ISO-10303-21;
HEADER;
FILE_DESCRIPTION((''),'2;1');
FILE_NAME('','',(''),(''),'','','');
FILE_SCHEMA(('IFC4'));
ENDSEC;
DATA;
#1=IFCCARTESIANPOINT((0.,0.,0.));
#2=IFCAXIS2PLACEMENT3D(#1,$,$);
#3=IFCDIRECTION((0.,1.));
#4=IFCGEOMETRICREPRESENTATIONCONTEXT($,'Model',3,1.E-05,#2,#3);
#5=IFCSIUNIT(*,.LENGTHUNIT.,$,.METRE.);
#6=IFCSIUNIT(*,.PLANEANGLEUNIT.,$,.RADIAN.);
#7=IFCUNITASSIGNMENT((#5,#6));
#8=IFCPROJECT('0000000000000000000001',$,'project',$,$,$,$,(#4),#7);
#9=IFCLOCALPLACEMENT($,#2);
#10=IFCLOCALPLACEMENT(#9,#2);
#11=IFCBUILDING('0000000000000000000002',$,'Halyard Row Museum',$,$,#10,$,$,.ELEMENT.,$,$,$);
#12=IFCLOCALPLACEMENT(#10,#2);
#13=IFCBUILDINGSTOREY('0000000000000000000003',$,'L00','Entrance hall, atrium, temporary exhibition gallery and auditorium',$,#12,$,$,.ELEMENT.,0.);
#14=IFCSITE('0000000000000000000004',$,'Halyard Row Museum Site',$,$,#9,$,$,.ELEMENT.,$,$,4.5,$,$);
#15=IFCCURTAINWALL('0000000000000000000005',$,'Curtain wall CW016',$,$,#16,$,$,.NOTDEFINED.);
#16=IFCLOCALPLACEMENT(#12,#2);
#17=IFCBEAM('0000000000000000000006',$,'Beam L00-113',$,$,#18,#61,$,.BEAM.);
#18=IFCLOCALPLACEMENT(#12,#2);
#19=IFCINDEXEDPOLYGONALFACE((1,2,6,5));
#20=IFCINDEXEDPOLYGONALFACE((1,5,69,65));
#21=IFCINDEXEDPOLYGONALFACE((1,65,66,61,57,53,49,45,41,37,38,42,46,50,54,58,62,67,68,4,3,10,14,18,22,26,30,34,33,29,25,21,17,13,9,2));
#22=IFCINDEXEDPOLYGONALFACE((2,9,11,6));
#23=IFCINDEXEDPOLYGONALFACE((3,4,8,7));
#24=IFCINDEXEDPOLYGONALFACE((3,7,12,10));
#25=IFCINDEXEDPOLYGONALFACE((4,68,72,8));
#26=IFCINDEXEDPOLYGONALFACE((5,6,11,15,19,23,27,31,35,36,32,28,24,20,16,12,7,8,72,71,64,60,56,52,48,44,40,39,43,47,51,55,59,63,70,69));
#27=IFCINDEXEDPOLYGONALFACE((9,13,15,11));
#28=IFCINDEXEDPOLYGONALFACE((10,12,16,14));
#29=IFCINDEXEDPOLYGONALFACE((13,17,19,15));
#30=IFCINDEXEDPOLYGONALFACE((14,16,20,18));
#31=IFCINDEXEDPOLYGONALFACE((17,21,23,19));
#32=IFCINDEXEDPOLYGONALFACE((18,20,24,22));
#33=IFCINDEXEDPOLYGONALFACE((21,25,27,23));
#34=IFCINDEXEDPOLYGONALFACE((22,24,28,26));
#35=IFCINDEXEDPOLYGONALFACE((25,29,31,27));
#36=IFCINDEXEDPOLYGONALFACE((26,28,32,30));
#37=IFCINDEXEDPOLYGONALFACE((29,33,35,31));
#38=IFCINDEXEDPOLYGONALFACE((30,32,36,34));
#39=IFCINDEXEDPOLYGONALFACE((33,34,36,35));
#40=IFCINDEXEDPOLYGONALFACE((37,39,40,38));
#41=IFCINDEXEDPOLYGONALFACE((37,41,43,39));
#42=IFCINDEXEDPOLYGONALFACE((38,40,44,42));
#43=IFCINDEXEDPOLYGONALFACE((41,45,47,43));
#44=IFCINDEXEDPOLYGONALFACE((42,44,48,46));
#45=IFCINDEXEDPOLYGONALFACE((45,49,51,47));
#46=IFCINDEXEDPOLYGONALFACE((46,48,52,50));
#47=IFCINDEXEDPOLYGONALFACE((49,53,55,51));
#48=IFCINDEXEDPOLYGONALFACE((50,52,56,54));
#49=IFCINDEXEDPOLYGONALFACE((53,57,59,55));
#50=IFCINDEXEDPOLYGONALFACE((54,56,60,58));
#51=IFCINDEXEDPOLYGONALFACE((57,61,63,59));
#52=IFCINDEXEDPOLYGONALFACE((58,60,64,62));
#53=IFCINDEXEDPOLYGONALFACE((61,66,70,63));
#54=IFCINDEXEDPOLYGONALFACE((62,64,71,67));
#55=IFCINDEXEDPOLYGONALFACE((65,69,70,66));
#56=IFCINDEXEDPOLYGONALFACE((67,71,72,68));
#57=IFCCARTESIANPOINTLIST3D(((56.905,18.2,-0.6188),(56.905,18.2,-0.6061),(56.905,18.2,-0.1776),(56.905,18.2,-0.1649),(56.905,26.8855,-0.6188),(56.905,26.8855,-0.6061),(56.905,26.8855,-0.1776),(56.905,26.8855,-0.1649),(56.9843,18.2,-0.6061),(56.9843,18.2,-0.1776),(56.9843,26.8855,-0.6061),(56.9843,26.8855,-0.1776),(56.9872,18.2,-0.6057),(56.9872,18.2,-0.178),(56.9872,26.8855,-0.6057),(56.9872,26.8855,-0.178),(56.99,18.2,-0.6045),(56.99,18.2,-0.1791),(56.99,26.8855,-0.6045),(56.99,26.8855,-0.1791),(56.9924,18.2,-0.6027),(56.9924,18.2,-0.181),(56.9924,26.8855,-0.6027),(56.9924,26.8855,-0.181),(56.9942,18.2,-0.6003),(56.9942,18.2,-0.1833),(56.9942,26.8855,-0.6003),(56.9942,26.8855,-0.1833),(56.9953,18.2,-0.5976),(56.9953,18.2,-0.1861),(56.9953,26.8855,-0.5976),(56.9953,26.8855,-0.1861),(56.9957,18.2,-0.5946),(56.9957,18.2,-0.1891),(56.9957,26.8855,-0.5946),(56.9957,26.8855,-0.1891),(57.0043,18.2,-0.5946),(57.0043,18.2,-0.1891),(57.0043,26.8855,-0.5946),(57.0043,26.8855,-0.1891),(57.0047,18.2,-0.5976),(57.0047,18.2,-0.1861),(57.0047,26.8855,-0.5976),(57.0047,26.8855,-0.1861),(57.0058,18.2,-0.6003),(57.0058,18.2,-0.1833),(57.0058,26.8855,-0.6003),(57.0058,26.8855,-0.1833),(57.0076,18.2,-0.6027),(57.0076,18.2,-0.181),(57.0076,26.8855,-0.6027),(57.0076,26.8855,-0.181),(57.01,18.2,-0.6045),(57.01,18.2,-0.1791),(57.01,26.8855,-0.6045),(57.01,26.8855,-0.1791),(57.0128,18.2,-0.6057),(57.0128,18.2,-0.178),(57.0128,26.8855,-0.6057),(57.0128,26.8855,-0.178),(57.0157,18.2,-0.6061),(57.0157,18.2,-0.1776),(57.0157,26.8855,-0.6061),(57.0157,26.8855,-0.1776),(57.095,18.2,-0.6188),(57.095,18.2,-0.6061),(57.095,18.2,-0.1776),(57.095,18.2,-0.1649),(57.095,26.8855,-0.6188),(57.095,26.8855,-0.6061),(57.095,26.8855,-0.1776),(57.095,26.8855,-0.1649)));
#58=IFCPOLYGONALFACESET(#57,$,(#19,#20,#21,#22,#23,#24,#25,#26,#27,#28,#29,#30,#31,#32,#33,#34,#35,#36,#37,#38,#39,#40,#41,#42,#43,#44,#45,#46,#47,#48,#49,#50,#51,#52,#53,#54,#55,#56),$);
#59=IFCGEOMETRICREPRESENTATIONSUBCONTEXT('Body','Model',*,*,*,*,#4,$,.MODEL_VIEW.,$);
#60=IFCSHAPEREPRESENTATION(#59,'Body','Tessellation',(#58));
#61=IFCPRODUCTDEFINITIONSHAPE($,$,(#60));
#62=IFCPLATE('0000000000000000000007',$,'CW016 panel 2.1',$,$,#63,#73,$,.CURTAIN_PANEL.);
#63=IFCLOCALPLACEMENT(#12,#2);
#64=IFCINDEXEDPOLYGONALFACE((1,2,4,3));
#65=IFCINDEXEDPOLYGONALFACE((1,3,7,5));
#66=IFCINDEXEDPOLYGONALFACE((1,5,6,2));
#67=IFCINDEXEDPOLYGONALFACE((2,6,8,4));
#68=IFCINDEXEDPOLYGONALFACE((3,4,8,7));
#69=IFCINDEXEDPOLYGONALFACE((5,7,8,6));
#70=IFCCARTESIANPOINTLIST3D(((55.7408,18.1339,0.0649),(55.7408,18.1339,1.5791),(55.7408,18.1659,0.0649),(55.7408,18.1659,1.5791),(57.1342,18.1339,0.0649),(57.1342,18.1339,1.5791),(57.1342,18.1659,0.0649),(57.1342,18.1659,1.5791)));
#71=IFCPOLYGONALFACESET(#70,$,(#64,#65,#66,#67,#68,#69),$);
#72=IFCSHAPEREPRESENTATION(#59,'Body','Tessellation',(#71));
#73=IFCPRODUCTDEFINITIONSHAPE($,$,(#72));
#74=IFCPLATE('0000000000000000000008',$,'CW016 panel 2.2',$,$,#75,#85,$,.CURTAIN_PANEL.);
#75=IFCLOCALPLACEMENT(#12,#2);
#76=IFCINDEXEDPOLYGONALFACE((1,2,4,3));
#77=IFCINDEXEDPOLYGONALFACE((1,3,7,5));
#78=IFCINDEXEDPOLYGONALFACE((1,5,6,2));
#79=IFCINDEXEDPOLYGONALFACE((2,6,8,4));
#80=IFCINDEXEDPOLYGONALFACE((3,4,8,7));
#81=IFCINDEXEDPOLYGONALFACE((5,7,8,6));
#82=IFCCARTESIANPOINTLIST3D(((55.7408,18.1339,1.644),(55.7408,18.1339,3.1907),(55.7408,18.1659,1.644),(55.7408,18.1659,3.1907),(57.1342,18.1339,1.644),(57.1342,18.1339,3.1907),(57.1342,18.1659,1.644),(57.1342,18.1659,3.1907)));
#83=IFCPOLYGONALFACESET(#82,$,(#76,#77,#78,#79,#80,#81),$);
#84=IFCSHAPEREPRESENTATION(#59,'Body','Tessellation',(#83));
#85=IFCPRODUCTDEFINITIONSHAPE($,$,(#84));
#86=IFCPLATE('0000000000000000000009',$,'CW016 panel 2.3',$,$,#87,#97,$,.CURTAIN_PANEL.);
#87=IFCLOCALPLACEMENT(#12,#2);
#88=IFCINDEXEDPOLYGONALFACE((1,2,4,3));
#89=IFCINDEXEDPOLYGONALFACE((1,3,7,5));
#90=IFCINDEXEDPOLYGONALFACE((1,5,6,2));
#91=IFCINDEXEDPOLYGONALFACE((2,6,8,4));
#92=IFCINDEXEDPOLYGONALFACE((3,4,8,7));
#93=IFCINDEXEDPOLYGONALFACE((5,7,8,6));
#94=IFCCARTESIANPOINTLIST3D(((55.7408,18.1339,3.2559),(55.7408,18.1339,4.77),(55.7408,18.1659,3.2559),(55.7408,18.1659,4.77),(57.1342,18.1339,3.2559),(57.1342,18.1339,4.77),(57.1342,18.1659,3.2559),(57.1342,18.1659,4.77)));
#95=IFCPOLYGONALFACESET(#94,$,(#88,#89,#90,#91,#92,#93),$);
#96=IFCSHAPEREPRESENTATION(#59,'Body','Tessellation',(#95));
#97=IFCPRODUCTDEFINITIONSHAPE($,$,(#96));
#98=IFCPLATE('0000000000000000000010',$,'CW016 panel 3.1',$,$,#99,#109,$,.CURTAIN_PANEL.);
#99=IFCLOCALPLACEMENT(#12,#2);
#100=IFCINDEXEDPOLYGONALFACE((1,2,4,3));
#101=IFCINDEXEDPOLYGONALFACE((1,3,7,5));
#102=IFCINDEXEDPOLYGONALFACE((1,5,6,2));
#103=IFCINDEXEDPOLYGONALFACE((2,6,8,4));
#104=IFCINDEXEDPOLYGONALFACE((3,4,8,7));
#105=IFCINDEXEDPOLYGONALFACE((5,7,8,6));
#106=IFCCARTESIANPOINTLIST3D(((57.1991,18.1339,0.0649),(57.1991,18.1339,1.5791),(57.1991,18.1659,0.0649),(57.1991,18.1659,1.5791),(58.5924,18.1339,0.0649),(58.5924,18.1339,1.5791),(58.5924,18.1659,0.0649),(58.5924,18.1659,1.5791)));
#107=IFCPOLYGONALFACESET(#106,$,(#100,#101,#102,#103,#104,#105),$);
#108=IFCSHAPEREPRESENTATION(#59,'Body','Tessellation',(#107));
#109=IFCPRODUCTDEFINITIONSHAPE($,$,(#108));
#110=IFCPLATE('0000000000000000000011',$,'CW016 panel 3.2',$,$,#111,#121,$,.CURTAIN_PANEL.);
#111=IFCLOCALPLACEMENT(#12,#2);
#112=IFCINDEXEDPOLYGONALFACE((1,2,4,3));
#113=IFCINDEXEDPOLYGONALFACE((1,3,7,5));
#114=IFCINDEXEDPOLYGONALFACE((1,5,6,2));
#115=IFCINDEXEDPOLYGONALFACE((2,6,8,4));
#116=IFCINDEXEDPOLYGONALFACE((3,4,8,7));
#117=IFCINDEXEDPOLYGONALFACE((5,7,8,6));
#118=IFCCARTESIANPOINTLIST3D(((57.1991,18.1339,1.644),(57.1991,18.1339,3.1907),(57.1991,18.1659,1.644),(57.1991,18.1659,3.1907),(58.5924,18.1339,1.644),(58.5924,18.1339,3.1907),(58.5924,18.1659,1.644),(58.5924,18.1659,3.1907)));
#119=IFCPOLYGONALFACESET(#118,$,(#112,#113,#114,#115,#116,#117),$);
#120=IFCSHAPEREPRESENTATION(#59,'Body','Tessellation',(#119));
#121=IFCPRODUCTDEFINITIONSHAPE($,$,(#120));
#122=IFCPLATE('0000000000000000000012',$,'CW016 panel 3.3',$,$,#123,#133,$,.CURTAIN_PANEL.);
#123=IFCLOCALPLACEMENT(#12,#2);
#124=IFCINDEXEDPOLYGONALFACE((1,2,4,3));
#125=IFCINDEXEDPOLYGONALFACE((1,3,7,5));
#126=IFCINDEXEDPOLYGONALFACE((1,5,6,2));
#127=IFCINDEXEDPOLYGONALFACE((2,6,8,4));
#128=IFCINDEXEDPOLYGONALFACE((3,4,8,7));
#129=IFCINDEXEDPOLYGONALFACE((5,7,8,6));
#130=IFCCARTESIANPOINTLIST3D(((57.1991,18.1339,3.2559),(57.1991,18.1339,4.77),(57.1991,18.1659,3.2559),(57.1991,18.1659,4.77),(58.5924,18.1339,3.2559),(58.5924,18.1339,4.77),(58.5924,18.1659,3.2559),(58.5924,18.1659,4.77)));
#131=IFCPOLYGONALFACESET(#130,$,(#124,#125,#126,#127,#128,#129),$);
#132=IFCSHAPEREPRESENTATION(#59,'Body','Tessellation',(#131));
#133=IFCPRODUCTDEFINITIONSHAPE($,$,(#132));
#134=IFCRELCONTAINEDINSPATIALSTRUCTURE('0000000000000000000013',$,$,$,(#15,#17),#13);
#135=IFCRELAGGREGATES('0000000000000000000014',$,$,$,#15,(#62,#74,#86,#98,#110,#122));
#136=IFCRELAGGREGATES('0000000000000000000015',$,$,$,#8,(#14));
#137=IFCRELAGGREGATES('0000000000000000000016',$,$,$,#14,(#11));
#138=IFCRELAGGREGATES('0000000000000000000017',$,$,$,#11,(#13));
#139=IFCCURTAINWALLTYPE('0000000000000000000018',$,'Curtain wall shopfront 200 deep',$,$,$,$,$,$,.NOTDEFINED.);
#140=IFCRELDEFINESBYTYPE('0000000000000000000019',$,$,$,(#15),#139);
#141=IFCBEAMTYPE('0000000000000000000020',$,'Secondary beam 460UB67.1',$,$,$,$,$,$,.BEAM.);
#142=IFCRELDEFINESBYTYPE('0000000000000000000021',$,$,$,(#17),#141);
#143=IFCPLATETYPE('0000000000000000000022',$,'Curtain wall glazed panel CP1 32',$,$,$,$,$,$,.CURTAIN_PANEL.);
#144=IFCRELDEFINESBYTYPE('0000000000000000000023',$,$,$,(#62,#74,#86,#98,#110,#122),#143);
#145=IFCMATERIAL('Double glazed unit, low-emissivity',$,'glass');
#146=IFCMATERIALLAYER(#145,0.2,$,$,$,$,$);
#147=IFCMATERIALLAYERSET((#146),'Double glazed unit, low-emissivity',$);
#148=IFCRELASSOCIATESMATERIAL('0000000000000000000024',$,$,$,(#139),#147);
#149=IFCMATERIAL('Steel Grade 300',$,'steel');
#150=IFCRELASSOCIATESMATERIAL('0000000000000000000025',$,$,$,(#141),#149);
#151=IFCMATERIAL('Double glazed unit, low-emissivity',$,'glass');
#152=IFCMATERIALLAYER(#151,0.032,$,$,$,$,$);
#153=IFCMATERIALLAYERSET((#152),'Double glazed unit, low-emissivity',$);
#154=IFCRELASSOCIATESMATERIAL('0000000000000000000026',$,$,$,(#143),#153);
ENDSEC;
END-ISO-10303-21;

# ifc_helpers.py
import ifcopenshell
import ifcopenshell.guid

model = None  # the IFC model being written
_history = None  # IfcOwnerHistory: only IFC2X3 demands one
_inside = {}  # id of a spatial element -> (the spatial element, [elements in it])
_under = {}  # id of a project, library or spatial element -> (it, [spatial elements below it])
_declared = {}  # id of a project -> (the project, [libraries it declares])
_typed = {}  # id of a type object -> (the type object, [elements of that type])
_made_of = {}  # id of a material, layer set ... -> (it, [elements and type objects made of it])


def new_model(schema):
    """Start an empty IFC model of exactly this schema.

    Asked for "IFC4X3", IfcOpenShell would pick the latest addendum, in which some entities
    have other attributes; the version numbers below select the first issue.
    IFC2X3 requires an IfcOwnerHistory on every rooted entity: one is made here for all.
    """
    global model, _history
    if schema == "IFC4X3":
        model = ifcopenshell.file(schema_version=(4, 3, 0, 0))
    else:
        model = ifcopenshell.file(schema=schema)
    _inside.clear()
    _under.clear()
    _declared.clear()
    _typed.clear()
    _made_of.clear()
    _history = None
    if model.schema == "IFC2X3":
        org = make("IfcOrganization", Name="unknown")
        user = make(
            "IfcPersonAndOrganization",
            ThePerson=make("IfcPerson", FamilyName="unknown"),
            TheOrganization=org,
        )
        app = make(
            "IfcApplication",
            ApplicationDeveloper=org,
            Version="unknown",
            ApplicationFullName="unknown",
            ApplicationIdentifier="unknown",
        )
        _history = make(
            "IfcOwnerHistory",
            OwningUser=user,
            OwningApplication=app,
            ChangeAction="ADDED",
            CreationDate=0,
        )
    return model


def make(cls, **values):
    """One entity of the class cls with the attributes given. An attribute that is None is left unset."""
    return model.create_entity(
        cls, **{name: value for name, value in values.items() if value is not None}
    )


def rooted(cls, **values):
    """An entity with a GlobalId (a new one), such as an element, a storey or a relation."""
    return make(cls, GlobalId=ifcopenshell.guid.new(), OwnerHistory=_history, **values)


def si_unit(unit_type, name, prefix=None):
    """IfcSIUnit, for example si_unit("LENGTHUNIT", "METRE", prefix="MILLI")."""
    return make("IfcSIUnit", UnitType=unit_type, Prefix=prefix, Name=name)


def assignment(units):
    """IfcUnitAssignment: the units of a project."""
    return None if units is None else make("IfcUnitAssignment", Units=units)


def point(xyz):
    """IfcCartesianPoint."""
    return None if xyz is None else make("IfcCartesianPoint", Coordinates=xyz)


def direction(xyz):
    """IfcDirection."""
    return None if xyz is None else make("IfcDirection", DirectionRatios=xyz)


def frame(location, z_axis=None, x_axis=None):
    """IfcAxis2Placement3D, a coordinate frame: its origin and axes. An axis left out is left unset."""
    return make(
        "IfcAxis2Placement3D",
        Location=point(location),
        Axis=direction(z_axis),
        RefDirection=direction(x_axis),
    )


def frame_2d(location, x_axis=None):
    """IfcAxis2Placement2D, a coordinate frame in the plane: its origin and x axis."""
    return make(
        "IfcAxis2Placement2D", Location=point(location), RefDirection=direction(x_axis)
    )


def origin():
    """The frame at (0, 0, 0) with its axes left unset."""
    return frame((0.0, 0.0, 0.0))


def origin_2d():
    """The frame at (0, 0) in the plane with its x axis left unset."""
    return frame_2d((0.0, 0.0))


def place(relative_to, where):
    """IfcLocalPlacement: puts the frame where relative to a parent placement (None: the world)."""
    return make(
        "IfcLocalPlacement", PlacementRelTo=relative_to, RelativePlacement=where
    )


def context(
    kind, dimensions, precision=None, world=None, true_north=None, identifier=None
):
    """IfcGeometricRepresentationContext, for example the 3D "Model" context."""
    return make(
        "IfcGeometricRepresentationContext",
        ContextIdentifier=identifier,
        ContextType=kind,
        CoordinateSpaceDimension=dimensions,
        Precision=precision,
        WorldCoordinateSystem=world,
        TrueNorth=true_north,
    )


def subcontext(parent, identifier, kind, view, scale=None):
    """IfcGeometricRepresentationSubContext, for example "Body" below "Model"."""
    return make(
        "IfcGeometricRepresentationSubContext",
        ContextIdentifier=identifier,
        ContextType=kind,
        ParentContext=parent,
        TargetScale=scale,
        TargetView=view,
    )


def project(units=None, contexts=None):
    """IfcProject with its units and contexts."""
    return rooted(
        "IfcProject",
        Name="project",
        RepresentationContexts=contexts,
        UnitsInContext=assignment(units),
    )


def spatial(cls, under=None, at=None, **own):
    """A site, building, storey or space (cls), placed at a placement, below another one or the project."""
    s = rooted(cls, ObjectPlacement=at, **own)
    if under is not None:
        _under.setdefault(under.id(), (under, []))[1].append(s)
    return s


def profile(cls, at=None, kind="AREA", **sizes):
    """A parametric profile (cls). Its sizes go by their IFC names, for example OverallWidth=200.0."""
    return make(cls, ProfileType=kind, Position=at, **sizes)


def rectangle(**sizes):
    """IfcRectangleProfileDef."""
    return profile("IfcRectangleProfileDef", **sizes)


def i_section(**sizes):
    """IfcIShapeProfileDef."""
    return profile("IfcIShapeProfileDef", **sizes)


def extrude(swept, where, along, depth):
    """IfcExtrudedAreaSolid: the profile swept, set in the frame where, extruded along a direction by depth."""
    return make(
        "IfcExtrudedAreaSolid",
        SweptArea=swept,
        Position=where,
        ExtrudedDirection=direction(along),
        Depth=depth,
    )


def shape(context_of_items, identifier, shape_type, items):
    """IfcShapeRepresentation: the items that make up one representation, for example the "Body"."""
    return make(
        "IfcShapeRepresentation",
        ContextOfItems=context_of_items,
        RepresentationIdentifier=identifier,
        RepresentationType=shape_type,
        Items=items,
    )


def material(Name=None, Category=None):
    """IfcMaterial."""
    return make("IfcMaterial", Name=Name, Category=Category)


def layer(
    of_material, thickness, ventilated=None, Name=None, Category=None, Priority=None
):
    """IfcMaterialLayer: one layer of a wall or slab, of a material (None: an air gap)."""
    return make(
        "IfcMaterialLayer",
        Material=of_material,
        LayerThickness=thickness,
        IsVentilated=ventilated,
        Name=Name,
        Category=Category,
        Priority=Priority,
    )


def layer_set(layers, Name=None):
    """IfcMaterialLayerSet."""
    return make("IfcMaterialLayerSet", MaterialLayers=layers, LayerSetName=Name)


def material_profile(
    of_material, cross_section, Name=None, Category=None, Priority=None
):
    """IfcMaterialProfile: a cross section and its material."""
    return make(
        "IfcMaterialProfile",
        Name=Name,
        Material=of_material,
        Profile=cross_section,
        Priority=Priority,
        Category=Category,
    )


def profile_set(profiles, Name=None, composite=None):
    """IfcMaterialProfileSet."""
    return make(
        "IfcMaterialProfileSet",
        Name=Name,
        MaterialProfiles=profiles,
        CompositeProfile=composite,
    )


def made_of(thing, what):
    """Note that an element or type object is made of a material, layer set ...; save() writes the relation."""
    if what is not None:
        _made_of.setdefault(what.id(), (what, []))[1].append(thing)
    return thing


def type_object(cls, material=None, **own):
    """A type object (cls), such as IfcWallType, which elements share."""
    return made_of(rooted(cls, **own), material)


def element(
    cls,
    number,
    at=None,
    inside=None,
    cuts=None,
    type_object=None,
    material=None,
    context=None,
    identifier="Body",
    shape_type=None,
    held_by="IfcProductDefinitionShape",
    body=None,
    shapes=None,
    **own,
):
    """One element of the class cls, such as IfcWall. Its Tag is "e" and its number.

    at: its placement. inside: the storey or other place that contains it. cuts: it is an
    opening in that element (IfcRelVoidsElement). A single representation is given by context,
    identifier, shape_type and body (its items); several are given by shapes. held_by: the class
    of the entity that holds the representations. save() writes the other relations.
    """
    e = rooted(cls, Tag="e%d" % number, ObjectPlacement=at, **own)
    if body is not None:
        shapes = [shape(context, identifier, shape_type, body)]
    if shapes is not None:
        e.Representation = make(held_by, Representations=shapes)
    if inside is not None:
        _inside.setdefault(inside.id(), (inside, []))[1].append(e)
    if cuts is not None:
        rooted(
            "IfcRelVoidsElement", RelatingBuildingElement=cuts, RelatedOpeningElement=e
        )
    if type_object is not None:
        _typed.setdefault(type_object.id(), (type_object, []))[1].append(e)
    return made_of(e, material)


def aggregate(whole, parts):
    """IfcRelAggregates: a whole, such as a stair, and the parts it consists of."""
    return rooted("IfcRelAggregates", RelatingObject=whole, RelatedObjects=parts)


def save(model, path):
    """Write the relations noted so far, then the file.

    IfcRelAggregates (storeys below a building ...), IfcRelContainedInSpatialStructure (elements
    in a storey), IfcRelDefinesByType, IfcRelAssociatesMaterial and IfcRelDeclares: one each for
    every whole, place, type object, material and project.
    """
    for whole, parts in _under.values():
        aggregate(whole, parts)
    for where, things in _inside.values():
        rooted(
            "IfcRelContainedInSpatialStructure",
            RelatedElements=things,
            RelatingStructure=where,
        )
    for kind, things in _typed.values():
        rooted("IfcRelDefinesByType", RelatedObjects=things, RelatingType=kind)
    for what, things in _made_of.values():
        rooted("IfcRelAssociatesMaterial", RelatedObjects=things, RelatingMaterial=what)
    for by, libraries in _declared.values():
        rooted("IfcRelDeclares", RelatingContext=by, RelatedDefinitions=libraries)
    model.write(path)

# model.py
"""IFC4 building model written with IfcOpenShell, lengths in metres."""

from ifc_helpers import new_model, si_unit, direction, frame, origin, origin_2d, place, context, subcontext, project, spatial, rectangle, i_section, extrude, material, layer, layer_set, material_profile, profile_set, type_object, element, aggregate, save


model = new_model("IFC4")

# Units and contexts
model_context = context("Model", 3, precision=1e-05, world=origin(), true_north=direction((0.0, 1.0)))
body_context = subcontext(model_context, "Body", "Model", "MODEL_VIEW")
ifc_project = project(units=[si_unit("LENGTHUNIT", "METRE"), si_unit("PLANEANGLEUNIT", "RADIAN")], contexts=[model_context])

# Site, building, storey
site_placement = place(None, origin())
site = spatial("IfcSite", under=ifc_project, at=site_placement, Name="Halyard Row Museum Site", CompositionType="ELEMENT", RefElevation=4.5)
building_placement = place(site_placement, origin())
building = spatial("IfcBuilding", under=site, at=building_placement, Name="Halyard Row Museum", CompositionType="ELEMENT")
storey_placement = place(building_placement, origin())
storey = spatial("IfcBuildingStorey", under=building, at=storey_placement, Name="L00", Description="Entrance hall, atrium, temporary exhibition gallery and auditorium", CompositionType="ELEMENT", Elevation=0.0)

# Curtain wall
ifc_material_1 = material(Name="Double glazed unit, low-emissivity", Category="glass")
ifc_layer_1 = layer(ifc_material_1, 0.2)
ifc_layer_set_1 = layer_set([ifc_layer_1], Name="Double glazed unit, low-emissivity")
curtain_wall_type = type_object("IfcCurtainWallType", Name="Curtain wall shopfront 200 deep", PredefinedType="NOTDEFINED", material=ifc_layer_set_1)
curtain_wall_placement = place(storey_placement, origin())
curtain_wall = element("IfcCurtainWall", 1, at=curtain_wall_placement, inside=storey, type_object=curtain_wall_type, Name="Curtain wall CW016", PredefinedType="NOTDEFINED")

# Beam
ifc_material_2 = material(Name="Steel Grade 300", Category="steel")
ifc_material_profile_1 = material_profile(ifc_material_2, i_section(OverallWidth=0.1899, OverallDepth=0.4539, WebThickness=0.0085, FlangeThickness=0.0127, FilletRadius=0.0115, at=origin_2d()), Name="460UB67.1")
ifc_profile_set_1 = profile_set([ifc_material_profile_1], Name="Steel Grade 300")
beam_type_1 = type_object("IfcBeamType", Name="Secondary beam 460UB67.1", PredefinedType="BEAM", material=ifc_profile_set_1)
beam_1_placement = place(storey_placement, frame((57.0, 18.2, -0.3918), z_axis=(0.0, 1.0, 0.0), x_axis=(-1.0, 0.0, 0.0)))
element("IfcBeam", 2, at=beam_1_placement, inside=storey, type_object=beam_type_1, Name="Beam L00-113", PredefinedType="BEAM", context=body_context, shape_type="SweptSolid", body=[
    extrude(i_section(OverallWidth=0.1899, OverallDepth=0.4539, WebThickness=0.0085, FlangeThickness=0.0127, FilletRadius=0.0115, at=origin_2d()), origin(), (0.0, 0.0, 1.0), 8.6855),
])

# Plates
ifc_material_3 = material(Name="Double glazed unit, low-emissivity", Category="glass")
ifc_layer_2 = layer(ifc_material_3, 0.032)
ifc_layer_set_2 = layer_set([ifc_layer_2], Name="Double glazed unit, low-emissivity")
plate_type = type_object("IfcPlateType", Name="Curtain wall glazed panel CP1 32", PredefinedType="CURTAIN_PANEL", material=ifc_layer_set_2)
plate_1_placement = place(storey_placement, frame((56.4375, 18.1499, 0.0649), z_axis=(0.0, 0.0, 1.0), x_axis=(1.0, 0.0, 0.0)))
plate_1 = element("IfcPlate", 3, at=plate_1_placement, type_object=plate_type, Name="CW016 panel 2.1", PredefinedType="CURTAIN_PANEL", context=body_context, shape_type="SweptSolid", body=[
    extrude(rectangle(XDim=1.3933, YDim=0.032, at=origin_2d()), origin(), (0.0, 0.0, 1.0), 1.5142),
])
plate_2_placement = place(storey_placement, frame((56.4375, 18.1499, 1.644), z_axis=(0.0, 0.0, 1.0), x_axis=(1.0, 0.0, 0.0)))
plate_2 = element("IfcPlate", 4, at=plate_2_placement, type_object=plate_type, Name="CW016 panel 2.2", PredefinedType="CURTAIN_PANEL", context=body_context, shape_type="SweptSolid", body=[
    extrude(rectangle(XDim=1.3933, YDim=0.032, at=origin_2d()), origin(), (0.0, 0.0, 1.0), 1.5466),
])
plate_3_placement = place(storey_placement, frame((56.4375, 18.1499, 3.2559), z_axis=(0.0, 0.0, 1.0), x_axis=(1.0, 0.0, 0.0)))
plate_3 = element("IfcPlate", 5, at=plate_3_placement, type_object=plate_type, Name="CW016 panel 2.3", PredefinedType="CURTAIN_PANEL", context=body_context, shape_type="SweptSolid", body=[
    extrude(rectangle(XDim=1.3933, YDim=0.032, at=origin_2d()), origin(), (0.0, 0.0, 1.0), 1.5142),
])
plate_4_placement = place(storey_placement, frame((57.8958, 18.1499, 0.0649), z_axis=(0.0, 0.0, 1.0), x_axis=(1.0, 0.0, 0.0)))
plate_4 = element("IfcPlate", 6, at=plate_4_placement, type_object=plate_type, Name="CW016 panel 3.1", PredefinedType="CURTAIN_PANEL", context=body_context, shape_type="SweptSolid", body=[
    extrude(rectangle(XDim=1.3933, YDim=0.032, at=origin_2d()), origin(), (0.0, 0.0, 1.0), 1.5142),
])
plate_5_placement = place(storey_placement, frame((57.8958, 18.1499, 1.644), z_axis=(0.0, 0.0, 1.0), x_axis=(1.0, 0.0, 0.0)))
plate_5 = element("IfcPlate", 7, at=plate_5_placement, type_object=plate_type, Name="CW016 panel 3.2", PredefinedType="CURTAIN_PANEL", context=body_context, shape_type="SweptSolid", body=[
    extrude(rectangle(XDim=1.3933, YDim=0.032, at=origin_2d()), origin(), (0.0, 0.0, 1.0), 1.5466),
])
plate_6_placement = place(storey_placement, frame((57.8958, 18.1499, 3.2559), z_axis=(0.0, 0.0, 1.0), x_axis=(1.0, 0.0, 0.0)))
plate_6 = element("IfcPlate", 8, at=plate_6_placement, type_object=plate_type, Name="CW016 panel 3.3", PredefinedType="CURTAIN_PANEL", context=body_context, shape_type="SweptSolid", body=[
    extrude(rectangle(XDim=1.3933, YDim=0.032, at=origin_2d()), origin(), (0.0, 0.0, 1.0), 1.5142),
])
aggregate(curtain_wall, [plate_1, plate_2, plate_3, plate_4, plate_5, plate_6])

save(model, "model.ifc")
